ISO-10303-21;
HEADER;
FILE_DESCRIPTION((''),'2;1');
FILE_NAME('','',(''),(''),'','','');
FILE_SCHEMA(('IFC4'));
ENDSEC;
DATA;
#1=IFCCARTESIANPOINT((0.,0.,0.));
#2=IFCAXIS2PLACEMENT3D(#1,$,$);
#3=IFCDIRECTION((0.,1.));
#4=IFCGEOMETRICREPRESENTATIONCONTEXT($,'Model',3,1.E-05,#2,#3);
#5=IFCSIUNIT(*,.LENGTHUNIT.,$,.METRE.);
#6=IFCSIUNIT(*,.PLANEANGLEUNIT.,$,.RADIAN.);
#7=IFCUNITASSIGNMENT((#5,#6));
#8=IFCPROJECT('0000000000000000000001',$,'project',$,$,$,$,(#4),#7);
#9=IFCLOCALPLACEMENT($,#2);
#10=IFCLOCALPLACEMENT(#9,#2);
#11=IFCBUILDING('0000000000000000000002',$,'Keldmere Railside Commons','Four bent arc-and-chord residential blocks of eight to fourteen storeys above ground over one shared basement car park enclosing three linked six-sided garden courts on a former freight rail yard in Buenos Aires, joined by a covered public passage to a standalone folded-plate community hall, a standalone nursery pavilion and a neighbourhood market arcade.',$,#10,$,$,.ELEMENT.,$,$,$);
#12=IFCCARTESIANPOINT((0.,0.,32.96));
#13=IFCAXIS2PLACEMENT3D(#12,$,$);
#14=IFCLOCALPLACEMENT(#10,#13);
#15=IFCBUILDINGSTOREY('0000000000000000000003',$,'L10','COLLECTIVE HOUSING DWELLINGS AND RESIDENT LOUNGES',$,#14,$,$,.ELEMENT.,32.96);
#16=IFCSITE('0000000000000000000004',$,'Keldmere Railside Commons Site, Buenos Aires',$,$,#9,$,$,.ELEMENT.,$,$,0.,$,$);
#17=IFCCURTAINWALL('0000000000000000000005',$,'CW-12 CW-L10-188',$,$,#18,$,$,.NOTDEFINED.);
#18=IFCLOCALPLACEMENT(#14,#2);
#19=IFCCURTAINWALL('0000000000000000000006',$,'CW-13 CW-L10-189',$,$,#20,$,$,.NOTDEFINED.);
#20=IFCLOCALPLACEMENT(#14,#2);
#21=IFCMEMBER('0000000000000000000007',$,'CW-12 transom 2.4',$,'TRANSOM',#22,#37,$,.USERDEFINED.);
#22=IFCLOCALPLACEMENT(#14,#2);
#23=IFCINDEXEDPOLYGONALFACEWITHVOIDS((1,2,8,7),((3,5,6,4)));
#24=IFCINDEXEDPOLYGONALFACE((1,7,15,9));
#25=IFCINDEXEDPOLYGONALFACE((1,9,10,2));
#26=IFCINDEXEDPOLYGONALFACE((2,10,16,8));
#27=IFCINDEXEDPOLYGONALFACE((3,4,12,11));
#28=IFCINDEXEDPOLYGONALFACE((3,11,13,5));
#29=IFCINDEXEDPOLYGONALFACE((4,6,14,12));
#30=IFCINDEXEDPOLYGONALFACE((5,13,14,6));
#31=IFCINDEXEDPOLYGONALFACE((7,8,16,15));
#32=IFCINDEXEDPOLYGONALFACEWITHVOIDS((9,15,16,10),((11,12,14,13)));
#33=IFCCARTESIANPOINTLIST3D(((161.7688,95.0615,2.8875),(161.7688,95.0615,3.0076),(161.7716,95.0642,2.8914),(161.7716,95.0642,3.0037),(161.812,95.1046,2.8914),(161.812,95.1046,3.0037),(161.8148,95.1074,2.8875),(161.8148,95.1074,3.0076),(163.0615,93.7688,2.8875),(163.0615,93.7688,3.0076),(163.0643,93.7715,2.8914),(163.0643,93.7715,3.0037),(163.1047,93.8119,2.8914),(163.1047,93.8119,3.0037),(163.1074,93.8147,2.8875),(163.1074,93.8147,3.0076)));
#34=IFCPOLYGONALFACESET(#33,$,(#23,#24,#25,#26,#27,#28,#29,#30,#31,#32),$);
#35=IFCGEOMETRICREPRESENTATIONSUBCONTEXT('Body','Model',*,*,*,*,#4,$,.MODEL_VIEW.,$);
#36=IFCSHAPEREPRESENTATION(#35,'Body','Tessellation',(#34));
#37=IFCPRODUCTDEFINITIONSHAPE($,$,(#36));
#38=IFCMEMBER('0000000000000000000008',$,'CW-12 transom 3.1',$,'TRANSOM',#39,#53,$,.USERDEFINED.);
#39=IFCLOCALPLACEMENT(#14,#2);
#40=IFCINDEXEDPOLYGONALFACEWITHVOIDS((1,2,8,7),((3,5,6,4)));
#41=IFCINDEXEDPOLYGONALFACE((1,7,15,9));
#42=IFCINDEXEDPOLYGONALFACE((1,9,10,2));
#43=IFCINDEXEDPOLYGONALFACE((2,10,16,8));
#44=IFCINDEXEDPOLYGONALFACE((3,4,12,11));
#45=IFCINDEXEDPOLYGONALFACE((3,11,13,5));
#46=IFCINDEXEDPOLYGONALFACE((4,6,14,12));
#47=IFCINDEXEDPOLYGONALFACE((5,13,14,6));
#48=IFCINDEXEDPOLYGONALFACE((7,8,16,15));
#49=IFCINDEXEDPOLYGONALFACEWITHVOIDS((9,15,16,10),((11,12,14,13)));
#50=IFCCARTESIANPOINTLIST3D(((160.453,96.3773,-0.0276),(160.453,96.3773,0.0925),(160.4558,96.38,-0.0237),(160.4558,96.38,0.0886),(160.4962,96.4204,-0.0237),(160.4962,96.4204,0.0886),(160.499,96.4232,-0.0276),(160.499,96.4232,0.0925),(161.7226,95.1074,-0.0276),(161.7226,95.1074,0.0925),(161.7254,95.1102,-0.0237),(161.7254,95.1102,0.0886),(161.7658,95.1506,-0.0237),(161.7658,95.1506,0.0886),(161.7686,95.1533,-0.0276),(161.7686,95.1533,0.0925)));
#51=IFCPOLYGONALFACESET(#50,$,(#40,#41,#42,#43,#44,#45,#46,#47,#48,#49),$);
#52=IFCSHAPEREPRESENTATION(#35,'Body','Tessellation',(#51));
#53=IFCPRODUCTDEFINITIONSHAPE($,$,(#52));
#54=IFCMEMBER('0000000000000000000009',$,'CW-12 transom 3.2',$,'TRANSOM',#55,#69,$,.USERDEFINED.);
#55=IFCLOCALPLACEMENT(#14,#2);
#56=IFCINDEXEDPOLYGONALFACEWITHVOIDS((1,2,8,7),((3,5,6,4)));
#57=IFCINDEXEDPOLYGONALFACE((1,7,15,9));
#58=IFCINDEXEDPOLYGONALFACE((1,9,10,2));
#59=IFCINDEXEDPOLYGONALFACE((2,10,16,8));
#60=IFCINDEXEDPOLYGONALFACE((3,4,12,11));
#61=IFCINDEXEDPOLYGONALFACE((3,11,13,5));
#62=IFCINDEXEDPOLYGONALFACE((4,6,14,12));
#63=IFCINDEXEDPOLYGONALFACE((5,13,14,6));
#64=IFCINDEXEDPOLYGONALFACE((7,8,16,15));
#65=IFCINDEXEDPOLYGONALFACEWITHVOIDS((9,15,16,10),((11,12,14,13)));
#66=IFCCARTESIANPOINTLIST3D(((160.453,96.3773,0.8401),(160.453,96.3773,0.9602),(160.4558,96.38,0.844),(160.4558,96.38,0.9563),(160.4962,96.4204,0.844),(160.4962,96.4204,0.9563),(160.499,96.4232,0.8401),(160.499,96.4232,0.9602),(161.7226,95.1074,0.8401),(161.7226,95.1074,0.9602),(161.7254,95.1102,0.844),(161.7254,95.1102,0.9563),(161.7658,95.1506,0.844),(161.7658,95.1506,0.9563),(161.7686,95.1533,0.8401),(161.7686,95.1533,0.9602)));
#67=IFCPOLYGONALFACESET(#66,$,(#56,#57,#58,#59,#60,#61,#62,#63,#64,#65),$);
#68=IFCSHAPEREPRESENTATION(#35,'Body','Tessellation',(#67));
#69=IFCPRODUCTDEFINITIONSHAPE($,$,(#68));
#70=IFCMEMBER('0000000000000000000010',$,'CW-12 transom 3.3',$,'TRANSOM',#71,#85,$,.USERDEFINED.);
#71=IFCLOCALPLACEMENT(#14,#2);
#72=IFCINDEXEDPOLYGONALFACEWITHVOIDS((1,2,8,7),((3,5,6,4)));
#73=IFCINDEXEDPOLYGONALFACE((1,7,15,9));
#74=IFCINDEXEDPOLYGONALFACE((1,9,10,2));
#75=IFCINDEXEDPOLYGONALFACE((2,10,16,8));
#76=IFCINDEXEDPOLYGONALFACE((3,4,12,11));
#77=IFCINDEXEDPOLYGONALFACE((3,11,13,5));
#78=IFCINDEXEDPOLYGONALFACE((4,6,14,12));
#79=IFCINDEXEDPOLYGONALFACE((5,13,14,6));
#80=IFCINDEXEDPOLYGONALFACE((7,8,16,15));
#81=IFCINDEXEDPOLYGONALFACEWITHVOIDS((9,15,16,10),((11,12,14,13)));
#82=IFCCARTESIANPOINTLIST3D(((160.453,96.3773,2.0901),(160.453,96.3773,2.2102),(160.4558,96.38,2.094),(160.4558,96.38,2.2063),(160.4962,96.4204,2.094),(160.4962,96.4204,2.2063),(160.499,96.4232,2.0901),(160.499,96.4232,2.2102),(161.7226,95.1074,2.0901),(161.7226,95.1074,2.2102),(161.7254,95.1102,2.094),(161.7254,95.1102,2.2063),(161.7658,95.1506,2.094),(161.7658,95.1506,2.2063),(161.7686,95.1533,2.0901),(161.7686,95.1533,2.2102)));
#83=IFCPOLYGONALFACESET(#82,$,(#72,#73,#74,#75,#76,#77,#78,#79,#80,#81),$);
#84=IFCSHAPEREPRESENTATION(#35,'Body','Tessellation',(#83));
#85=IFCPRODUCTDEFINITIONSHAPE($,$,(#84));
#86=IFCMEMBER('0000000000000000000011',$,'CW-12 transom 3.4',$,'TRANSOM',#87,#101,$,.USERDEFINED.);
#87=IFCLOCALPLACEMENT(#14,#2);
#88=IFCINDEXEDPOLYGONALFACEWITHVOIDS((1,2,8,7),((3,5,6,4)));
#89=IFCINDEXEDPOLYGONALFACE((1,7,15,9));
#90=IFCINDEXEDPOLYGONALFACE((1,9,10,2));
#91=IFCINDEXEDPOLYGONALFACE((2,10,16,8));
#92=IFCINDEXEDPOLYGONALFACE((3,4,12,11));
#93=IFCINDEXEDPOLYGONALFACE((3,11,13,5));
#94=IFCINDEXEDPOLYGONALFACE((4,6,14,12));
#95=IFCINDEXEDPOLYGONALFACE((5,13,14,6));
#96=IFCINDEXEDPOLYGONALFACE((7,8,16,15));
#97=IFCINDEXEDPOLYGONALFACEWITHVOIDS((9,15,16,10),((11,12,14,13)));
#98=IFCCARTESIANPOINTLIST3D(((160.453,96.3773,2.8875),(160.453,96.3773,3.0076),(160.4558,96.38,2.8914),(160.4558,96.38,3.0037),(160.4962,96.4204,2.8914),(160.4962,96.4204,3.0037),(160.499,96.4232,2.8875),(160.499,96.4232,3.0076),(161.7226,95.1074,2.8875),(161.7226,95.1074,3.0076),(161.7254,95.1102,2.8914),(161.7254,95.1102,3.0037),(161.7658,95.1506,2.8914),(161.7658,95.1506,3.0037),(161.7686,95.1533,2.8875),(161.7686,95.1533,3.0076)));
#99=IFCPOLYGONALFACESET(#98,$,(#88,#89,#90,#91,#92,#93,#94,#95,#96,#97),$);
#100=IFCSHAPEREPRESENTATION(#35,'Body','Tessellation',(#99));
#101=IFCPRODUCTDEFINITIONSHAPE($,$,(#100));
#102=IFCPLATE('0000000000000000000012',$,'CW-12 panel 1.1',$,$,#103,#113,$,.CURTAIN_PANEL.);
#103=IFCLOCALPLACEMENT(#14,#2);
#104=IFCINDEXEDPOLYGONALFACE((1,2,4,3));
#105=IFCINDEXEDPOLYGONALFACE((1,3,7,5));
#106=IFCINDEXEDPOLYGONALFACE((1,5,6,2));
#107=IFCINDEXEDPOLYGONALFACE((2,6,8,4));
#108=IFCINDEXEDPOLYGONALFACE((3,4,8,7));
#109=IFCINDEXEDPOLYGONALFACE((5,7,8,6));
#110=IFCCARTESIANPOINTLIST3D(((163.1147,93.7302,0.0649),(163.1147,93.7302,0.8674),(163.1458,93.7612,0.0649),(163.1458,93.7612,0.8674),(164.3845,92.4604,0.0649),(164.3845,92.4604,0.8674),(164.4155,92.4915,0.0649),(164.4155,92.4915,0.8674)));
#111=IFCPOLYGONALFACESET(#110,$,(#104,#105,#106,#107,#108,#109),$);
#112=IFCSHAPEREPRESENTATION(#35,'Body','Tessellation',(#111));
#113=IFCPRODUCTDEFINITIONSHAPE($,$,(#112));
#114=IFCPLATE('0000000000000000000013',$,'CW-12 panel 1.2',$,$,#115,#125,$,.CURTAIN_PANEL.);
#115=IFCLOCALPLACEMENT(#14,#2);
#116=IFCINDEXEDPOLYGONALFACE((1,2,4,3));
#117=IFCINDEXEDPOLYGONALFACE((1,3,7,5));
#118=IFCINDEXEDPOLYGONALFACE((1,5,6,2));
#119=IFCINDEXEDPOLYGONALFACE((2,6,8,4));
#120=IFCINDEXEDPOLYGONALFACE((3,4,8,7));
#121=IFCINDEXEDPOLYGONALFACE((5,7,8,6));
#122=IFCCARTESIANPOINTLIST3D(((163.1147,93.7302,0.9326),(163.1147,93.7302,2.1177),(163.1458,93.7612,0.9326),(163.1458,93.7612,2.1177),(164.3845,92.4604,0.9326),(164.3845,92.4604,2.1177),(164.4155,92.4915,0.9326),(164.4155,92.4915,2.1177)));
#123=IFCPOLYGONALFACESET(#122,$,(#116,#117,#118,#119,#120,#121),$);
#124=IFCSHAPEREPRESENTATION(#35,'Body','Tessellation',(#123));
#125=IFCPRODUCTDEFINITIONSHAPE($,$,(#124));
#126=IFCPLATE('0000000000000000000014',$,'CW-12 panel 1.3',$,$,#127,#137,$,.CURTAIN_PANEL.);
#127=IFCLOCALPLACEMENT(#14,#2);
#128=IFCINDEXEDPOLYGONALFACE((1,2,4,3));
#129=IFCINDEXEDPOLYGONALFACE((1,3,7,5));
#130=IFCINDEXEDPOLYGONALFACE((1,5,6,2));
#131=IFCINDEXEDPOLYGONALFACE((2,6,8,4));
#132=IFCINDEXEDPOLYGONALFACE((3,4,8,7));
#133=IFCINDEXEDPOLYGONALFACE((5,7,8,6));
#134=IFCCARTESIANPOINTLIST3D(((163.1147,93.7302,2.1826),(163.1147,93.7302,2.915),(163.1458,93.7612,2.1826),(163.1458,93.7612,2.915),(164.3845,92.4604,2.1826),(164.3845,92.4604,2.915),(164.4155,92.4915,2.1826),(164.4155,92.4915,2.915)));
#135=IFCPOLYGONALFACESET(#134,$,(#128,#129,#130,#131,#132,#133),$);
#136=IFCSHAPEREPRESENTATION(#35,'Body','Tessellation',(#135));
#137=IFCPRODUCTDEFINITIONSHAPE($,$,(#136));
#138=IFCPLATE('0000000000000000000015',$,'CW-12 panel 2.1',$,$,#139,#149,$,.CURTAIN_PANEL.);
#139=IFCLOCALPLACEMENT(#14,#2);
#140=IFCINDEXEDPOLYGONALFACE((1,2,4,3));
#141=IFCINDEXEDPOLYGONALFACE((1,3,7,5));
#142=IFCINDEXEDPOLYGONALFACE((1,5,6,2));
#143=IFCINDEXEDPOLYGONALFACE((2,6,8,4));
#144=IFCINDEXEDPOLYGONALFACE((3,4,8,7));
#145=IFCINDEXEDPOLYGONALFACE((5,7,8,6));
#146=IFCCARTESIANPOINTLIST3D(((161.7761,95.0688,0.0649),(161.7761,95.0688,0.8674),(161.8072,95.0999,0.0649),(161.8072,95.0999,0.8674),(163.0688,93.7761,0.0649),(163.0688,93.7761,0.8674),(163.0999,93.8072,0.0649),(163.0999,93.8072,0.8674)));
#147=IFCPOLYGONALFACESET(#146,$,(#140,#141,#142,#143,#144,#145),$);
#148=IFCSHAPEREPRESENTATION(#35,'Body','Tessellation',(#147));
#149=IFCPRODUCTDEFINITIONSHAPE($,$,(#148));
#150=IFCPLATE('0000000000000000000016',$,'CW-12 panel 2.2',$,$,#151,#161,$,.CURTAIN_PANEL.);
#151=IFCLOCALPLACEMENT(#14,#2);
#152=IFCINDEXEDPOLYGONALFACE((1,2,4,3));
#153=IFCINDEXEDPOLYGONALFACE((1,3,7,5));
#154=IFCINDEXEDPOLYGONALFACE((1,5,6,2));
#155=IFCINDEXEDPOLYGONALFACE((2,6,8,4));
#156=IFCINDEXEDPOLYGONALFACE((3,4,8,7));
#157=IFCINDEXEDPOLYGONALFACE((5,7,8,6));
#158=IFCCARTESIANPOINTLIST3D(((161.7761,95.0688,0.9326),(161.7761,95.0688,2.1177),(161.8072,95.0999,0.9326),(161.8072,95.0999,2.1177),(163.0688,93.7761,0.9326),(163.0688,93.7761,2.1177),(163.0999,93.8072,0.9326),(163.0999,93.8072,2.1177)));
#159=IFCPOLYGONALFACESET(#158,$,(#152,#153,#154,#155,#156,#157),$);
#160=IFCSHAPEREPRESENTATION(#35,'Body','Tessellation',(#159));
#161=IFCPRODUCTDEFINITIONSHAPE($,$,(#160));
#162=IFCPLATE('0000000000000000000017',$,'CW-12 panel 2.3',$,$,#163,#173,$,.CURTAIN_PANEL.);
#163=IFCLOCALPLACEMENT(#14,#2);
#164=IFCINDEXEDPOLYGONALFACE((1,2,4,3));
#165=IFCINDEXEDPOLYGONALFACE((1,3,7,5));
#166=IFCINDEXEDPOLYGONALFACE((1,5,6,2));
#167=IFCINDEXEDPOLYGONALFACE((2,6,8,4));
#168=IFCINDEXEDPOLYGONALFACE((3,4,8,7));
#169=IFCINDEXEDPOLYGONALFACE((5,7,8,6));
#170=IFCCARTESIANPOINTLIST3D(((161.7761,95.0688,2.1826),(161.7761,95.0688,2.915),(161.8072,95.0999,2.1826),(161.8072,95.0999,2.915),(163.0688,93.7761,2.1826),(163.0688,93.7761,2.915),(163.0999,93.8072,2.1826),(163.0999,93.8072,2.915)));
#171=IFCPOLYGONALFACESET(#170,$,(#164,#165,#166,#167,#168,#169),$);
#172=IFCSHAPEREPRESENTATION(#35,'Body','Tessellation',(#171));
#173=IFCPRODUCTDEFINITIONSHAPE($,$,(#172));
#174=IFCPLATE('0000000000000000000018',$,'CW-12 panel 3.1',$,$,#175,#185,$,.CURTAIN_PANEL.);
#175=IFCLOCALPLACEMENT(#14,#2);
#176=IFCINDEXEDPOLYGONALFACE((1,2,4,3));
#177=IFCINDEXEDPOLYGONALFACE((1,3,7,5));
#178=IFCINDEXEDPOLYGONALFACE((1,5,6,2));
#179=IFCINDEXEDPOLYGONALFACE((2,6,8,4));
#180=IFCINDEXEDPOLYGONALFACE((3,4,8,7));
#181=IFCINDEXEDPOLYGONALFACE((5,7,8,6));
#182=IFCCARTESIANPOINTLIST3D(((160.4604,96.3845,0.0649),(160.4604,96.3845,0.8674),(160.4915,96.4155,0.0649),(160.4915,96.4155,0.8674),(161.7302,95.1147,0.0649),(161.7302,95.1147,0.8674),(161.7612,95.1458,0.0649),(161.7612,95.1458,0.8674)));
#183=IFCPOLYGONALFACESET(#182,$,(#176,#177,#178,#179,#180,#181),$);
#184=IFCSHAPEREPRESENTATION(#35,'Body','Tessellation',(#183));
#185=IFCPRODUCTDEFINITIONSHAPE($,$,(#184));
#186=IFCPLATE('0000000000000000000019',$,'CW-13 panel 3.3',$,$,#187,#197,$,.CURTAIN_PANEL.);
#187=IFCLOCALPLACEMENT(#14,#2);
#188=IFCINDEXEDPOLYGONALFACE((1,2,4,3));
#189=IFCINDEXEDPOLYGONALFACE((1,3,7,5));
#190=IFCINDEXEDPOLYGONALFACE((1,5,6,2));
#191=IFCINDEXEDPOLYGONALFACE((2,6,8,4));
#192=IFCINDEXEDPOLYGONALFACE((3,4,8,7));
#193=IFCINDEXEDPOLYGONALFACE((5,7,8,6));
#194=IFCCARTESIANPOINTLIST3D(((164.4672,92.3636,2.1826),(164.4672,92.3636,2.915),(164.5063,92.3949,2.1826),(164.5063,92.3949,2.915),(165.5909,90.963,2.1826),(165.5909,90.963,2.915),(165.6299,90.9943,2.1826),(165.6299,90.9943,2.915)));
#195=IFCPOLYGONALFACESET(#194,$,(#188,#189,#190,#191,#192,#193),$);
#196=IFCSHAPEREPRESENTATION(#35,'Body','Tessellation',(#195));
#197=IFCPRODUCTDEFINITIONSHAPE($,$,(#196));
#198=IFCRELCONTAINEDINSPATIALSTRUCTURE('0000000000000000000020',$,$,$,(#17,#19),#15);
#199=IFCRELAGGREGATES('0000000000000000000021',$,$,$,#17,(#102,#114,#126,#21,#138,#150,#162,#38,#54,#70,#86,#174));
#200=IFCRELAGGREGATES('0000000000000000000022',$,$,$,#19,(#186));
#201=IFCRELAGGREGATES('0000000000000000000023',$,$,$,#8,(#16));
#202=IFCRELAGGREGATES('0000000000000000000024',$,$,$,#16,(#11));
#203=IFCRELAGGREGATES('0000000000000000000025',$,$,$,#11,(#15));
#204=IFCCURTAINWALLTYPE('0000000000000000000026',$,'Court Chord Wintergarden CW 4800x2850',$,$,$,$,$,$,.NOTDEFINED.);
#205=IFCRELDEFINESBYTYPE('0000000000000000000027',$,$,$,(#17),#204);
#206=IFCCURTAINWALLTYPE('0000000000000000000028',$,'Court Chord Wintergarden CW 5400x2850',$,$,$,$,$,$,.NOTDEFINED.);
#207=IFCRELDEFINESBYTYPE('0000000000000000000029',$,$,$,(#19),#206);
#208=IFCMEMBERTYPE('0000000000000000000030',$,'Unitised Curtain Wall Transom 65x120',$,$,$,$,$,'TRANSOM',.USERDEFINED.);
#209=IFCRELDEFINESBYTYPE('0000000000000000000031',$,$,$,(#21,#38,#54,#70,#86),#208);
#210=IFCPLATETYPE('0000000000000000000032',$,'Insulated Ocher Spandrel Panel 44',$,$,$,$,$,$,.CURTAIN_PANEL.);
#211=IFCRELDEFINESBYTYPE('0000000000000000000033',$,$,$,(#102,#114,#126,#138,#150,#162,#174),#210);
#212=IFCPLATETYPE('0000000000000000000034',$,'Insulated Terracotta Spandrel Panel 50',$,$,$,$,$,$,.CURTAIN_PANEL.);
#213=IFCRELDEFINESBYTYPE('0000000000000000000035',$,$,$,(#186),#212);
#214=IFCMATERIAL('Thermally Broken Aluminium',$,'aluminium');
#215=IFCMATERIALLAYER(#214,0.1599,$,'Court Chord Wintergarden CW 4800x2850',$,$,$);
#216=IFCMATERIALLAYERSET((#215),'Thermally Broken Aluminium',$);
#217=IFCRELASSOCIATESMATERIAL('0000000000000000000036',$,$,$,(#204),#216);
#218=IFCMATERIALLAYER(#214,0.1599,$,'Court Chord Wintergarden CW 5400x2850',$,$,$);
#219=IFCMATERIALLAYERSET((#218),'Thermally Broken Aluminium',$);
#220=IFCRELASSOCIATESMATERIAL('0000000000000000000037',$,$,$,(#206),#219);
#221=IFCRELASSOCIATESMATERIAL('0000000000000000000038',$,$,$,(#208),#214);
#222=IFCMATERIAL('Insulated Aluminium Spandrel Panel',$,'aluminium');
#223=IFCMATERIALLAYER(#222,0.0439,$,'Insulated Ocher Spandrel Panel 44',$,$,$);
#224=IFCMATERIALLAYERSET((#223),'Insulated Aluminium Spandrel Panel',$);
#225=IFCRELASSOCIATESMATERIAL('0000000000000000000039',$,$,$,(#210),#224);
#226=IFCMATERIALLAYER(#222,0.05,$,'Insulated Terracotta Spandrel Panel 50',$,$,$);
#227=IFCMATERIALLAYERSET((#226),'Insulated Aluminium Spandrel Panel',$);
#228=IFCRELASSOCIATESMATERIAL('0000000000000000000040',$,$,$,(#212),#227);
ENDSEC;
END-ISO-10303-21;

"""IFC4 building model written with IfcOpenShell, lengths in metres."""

from ifc_helpers import new_model, si_unit, direction, frame, origin, origin_2d, place, context, subcontext, project, spatial, rectangle, hollow_rectangle, extrude, material, layer, layer_set, material_profile, profile_set, type_object, element, aggregate, save


model = new_model("IFC4")

# Units and contexts
model_context = context("Model", 3, precision=1e-05, world=origin(), true_north=direction((0.0, 1.0)))
body_context = subcontext(model_context, "Body", "Model", "MODEL_VIEW")
ifc_project = project(units=[si_unit("LENGTHUNIT", "METRE"), si_unit("PLANEANGLEUNIT", "RADIAN")], contexts=[model_context])

# Site, building, storey
site_placement = place(None, origin())
site = spatial("IfcSite", under=ifc_project, at=site_placement, Name="Keldmere Railside Commons Site, Buenos Aires", CompositionType="ELEMENT", RefElevation=0.0)
building_placement = place(site_placement, origin())
building = spatial("IfcBuilding", under=site, at=building_placement, Name="Keldmere Railside Commons", Description="Four bent arc-and-chord residential blocks of eight to fourteen storeys above ground over one shared basement car park enclosing three linked six-sided garden courts on a former freight rail yard in Buenos Aires, joined by a covered public passage to a standalone folded-plate community hall, a standalone nursery pavilion and a neighbourhood market arcade.", CompositionType="ELEMENT")
storey_placement = place(building_placement, frame((0.0, 0.0, 32.96)))
storey = spatial("IfcBuildingStorey", under=building, at=storey_placement, Name="L10", Description="COLLECTIVE HOUSING DWELLINGS AND RESIDENT LOUNGES", CompositionType="ELEMENT", Elevation=32.96)

# Curtain wall
ifc_material_1 = material(Name="Thermally Broken Aluminium", Category="aluminium")
ifc_layer_1 = layer(ifc_material_1, 0.1599, Name="Court Chord Wintergarden CW 4800x2850")
ifc_layer_set_1 = layer_set([ifc_layer_1], Name="Thermally Broken Aluminium")
curtain_wall_type_1 = type_object("IfcCurtainWallType", Name="Court Chord Wintergarden CW 4800x2850", PredefinedType="NOTDEFINED", material=ifc_layer_set_1)
curtain_wall_1_placement = place(storey_placement, origin())
curtain_wall_1 = element("IfcCurtainWall", 1, at=curtain_wall_1_placement, inside=storey, type_object=curtain_wall_type_1, Name="CW-12 CW-L10-188", PredefinedType="NOTDEFINED")

# Curtain wall
ifc_layer_2 = layer(ifc_material_1, 0.1599, Name="Court Chord Wintergarden CW 5400x2850")
ifc_layer_set_2 = layer_set([ifc_layer_2], Name="Thermally Broken Aluminium")
curtain_wall_type_2 = type_object("IfcCurtainWallType", Name="Court Chord Wintergarden CW 5400x2850", PredefinedType="NOTDEFINED", material=ifc_layer_set_2)
curtain_wall_2_placement = place(storey_placement, origin())
curtain_wall_2 = element("IfcCurtainWall", 2, at=curtain_wall_2_placement, inside=storey, type_object=curtain_wall_type_2, Name="CW-13 CW-L10-189", PredefinedType="NOTDEFINED")

# Members
ifc_material_profile_1 = material_profile(ifc_material_1, hollow_rectangle(XDim=0.0649, YDim=0.1201, WallThickness=0.0039, at=origin_2d()), Name="ALU-TRAN-65x120")
ifc_profile_set_1 = profile_set([ifc_material_profile_1], Name="Thermally Broken Aluminium")
member_type_1 = type_object("IfcMemberType", Name="Unitised Curtain Wall Transom 65x120", ElementType="TRANSOM", PredefinedType="USERDEFINED", material=ifc_profile_set_1)
member_1_placement = place(storey_placement, frame((163.0845, 93.7917, 2.9475), z_axis=(-0.707107, 0.707107, 0.0), x_axis=(-0.707107, -0.707107, 0.0)))
member_1 = element("IfcMember", 3, at=member_1_placement, type_object=member_type_1, Name="CW-12 transom 2.4", ObjectType="TRANSOM", PredefinedType="USERDEFINED", context=body_context, shape_type="SweptSolid", body=[
    extrude(hollow_rectangle(XDim=0.0649, YDim=0.1201, WallThickness=0.0039, at=origin_2d()), origin(), (0.0, 0.0, 1.0), 1.8281),
])
member_2_placement = place(storey_placement, frame((161.7456, 95.1304, 0.0325), z_axis=(-0.707039, 0.707175, 0.0), x_axis=(-0.707175, -0.707039, 0.0)))
member_2 = element("IfcMember", 4, at=member_2_placement, type_object=member_type_1, Name="CW-12 transom 3.1", ObjectType="TRANSOM", PredefinedType="USERDEFINED", context=body_context, shape_type="SweptSolid", body=[
    extrude(hollow_rectangle(XDim=0.0649, YDim=0.1201, WallThickness=0.0039, at=origin_2d()), origin(), (0.0, 0.0, 1.0), 1.7957),
])
member_3_placement = place(storey_placement, frame((161.7456, 95.1304, 0.9001), z_axis=(-0.707039, 0.707175, 0.0), x_axis=(-0.707175, -0.707039, 0.0)))
member_3 = element("IfcMember", 5, at=member_3_placement, type_object=member_type_1, Name="CW-12 transom 3.2", ObjectType="TRANSOM", PredefinedType="USERDEFINED", context=body_context, shape_type="SweptSolid", body=[
    extrude(hollow_rectangle(XDim=0.0649, YDim=0.1201, WallThickness=0.0039, at=origin_2d()), origin(), (0.0, 0.0, 1.0), 1.7957),
])
member_4_placement = place(storey_placement, frame((161.7456, 95.1304, 2.1501), z_axis=(-0.707039, 0.707175, 0.0), x_axis=(-0.707175, -0.707039, 0.0)))
member_4 = element("IfcMember", 6, at=member_4_placement, type_object=member_type_1, Name="CW-12 transom 3.3", ObjectType="TRANSOM", PredefinedType="USERDEFINED", context=body_context, shape_type="SweptSolid", body=[
    extrude(hollow_rectangle(XDim=0.0649, YDim=0.1201, WallThickness=0.0039, at=origin_2d()), origin(), (0.0, 0.0, 1.0), 1.7957),
])
member_5_placement = place(storey_placement, frame((161.7456, 95.1304, 2.9475), z_axis=(-0.707039, 0.707175, 0.0), x_axis=(-0.707175, -0.707039, 0.0)))
member_5 = element("IfcMember", 7, at=member_5_placement, type_object=member_type_1, Name="CW-12 transom 3.4", ObjectType="TRANSOM", PredefinedType="USERDEFINED", context=body_context, shape_type="SweptSolid", body=[
    extrude(hollow_rectangle(XDim=0.0649, YDim=0.1201, WallThickness=0.0039, at=origin_2d()), origin(), (0.0, 0.0, 1.0), 1.7957),
])

# Plates
ifc_material_2 = material(Name="Insulated Aluminium Spandrel Panel", Category="aluminium")
ifc_layer_3 = layer(ifc_material_2, 0.0439, Name="Insulated Ocher Spandrel Panel 44")
ifc_layer_set_3 = layer_set([ifc_layer_3], Name="Insulated Aluminium Spandrel Panel")
plate_type_1 = type_object("IfcPlateType", Name="Insulated Ocher Spandrel Panel 44", PredefinedType="CURTAIN_PANEL", material=ifc_layer_set_3)
plate_1_placement = place(storey_placement, frame((163.7651, 93.1108, 0.0649), z_axis=(0.0, 0.0, 1.0), x_axis=(-0.707107, 0.707107, 0.0)))
plate_1 = element("IfcPlate", 8, at=plate_1_placement, type_object=plate_type_1, Name="CW-12 panel 1.1", PredefinedType="CURTAIN_PANEL", context=body_context, shape_type="SweptSolid", body=[
    extrude(rectangle(XDim=1.7957, YDim=0.0439, at=origin_2d()), origin(), (0.0, 0.0, 1.0), 0.8025),
])
plate_2_placement = place(storey_placement, frame((163.7651, 93.1108, 0.9326), z_axis=(0.0, 0.0, 1.0), x_axis=(-0.707107, 0.707107, 0.0)))
plate_2 = element("IfcPlate", 9, at=plate_2_placement, type_object=plate_type_1, Name="CW-12 panel 1.2", PredefinedType="CURTAIN_PANEL", context=body_context, shape_type="SweptSolid", body=[
    extrude(rectangle(XDim=1.7957, YDim=0.0439, at=origin_2d()), origin(), (0.0, 0.0, 1.0), 1.1851),
])
plate_3_placement = place(storey_placement, frame((163.7651, 93.1108, 2.1826), z_axis=(0.0, 0.0, 1.0), x_axis=(-0.707107, 0.707107, 0.0)))
plate_3 = element("IfcPlate", 10, at=plate_3_placement, type_object=plate_type_1, Name="CW-12 panel 1.3", PredefinedType="CURTAIN_PANEL", context=body_context, shape_type="SweptSolid", body=[
    extrude(rectangle(XDim=1.7957, YDim=0.0439, at=origin_2d()), origin(), (0.0, 0.0, 1.0), 0.7324),
])
plate_4_placement = place(storey_placement, frame((162.438, 94.438, 0.0649), z_axis=(0.0, 0.0, 1.0), x_axis=(-0.707107, 0.707107, 0.0)))
plate_4 = element("IfcPlate", 11, at=plate_4_placement, type_object=plate_type_1, Name="CW-12 panel 2.1", PredefinedType="CURTAIN_PANEL", context=body_context, shape_type="SweptSolid", body=[
    extrude(rectangle(XDim=1.8281, YDim=0.0439, at=origin_2d()), origin(), (0.0, 0.0, 1.0), 0.8025),
])
plate_5_placement = place(storey_placement, frame((162.438, 94.438, 0.9326), z_axis=(0.0, 0.0, 1.0), x_axis=(-0.707107, 0.707107, 0.0)))
plate_5 = element("IfcPlate", 12, at=plate_5_placement, type_object=plate_type_1, Name="CW-12 panel 2.2", PredefinedType="CURTAIN_PANEL", context=body_context, shape_type="SweptSolid", body=[
    extrude(rectangle(XDim=1.8281, YDim=0.0439, at=origin_2d()), origin(), (0.0, 0.0, 1.0), 1.1851),
])
plate_6_placement = place(storey_placement, frame((162.438, 94.438, 2.1826), z_axis=(0.0, 0.0, 1.0), x_axis=(-0.707107, 0.707107, 0.0)))
plate_6 = element("IfcPlate", 13, at=plate_6_placement, type_object=plate_type_1, Name="CW-12 panel 2.3", PredefinedType="CURTAIN_PANEL", context=body_context, shape_type="SweptSolid", body=[
    extrude(rectangle(XDim=1.8281, YDim=0.0439, at=origin_2d()), origin(), (0.0, 0.0, 1.0), 0.7324),
])
plate_7_placement = place(storey_placement, frame((161.1108, 95.7651, 0.0649), z_axis=(0.0, 0.0, 1.0), x_axis=(-0.707107, 0.707107, 0.0)))
plate_7 = element("IfcPlate", 14, at=plate_7_placement, type_object=plate_type_1, Name="CW-12 panel 3.1", PredefinedType="CURTAIN_PANEL", context=body_context, shape_type="SweptSolid", body=[
    extrude(rectangle(XDim=1.7957, YDim=0.0439, at=origin_2d()), origin(), (0.0, 0.0, 1.0), 0.8025),
])
aggregate(curtain_wall_1, [plate_1, plate_2, plate_3, member_1, plate_4, plate_5, plate_6, member_2, member_3, member_4, member_5, plate_7])
ifc_layer_4 = layer(ifc_material_2, 0.05, Name="Insulated Terracotta Spandrel Panel 50")
ifc_layer_set_4 = layer_set([ifc_layer_4], Name="Insulated Aluminium Spandrel Panel")
plate_type_2 = type_object("IfcPlateType", Name="Insulated Terracotta Spandrel Panel 50", PredefinedType="CURTAIN_PANEL", material=ifc_layer_set_4)
plate_8_placement = place(storey_placement, frame((165.0486, 91.679, 2.1826), z_axis=(0.0, 0.0, 1.0), x_axis=(-0.625768, 0.780009, 0.0)))
plate_8 = element("IfcPlate", 15, at=plate_8_placement, type_object=plate_type_2, Name="CW-13 panel 3.3", PredefinedType="CURTAIN_PANEL", context=body_context, shape_type="SweptSolid", body=[
    extrude(rectangle(XDim=1.7957, YDim=0.05, at=origin_2d()), origin(), (0.0, 0.0, 1.0), 0.7324),
])
aggregate(curtain_wall_2, [plate_8])

save(model, "model.ifc")
